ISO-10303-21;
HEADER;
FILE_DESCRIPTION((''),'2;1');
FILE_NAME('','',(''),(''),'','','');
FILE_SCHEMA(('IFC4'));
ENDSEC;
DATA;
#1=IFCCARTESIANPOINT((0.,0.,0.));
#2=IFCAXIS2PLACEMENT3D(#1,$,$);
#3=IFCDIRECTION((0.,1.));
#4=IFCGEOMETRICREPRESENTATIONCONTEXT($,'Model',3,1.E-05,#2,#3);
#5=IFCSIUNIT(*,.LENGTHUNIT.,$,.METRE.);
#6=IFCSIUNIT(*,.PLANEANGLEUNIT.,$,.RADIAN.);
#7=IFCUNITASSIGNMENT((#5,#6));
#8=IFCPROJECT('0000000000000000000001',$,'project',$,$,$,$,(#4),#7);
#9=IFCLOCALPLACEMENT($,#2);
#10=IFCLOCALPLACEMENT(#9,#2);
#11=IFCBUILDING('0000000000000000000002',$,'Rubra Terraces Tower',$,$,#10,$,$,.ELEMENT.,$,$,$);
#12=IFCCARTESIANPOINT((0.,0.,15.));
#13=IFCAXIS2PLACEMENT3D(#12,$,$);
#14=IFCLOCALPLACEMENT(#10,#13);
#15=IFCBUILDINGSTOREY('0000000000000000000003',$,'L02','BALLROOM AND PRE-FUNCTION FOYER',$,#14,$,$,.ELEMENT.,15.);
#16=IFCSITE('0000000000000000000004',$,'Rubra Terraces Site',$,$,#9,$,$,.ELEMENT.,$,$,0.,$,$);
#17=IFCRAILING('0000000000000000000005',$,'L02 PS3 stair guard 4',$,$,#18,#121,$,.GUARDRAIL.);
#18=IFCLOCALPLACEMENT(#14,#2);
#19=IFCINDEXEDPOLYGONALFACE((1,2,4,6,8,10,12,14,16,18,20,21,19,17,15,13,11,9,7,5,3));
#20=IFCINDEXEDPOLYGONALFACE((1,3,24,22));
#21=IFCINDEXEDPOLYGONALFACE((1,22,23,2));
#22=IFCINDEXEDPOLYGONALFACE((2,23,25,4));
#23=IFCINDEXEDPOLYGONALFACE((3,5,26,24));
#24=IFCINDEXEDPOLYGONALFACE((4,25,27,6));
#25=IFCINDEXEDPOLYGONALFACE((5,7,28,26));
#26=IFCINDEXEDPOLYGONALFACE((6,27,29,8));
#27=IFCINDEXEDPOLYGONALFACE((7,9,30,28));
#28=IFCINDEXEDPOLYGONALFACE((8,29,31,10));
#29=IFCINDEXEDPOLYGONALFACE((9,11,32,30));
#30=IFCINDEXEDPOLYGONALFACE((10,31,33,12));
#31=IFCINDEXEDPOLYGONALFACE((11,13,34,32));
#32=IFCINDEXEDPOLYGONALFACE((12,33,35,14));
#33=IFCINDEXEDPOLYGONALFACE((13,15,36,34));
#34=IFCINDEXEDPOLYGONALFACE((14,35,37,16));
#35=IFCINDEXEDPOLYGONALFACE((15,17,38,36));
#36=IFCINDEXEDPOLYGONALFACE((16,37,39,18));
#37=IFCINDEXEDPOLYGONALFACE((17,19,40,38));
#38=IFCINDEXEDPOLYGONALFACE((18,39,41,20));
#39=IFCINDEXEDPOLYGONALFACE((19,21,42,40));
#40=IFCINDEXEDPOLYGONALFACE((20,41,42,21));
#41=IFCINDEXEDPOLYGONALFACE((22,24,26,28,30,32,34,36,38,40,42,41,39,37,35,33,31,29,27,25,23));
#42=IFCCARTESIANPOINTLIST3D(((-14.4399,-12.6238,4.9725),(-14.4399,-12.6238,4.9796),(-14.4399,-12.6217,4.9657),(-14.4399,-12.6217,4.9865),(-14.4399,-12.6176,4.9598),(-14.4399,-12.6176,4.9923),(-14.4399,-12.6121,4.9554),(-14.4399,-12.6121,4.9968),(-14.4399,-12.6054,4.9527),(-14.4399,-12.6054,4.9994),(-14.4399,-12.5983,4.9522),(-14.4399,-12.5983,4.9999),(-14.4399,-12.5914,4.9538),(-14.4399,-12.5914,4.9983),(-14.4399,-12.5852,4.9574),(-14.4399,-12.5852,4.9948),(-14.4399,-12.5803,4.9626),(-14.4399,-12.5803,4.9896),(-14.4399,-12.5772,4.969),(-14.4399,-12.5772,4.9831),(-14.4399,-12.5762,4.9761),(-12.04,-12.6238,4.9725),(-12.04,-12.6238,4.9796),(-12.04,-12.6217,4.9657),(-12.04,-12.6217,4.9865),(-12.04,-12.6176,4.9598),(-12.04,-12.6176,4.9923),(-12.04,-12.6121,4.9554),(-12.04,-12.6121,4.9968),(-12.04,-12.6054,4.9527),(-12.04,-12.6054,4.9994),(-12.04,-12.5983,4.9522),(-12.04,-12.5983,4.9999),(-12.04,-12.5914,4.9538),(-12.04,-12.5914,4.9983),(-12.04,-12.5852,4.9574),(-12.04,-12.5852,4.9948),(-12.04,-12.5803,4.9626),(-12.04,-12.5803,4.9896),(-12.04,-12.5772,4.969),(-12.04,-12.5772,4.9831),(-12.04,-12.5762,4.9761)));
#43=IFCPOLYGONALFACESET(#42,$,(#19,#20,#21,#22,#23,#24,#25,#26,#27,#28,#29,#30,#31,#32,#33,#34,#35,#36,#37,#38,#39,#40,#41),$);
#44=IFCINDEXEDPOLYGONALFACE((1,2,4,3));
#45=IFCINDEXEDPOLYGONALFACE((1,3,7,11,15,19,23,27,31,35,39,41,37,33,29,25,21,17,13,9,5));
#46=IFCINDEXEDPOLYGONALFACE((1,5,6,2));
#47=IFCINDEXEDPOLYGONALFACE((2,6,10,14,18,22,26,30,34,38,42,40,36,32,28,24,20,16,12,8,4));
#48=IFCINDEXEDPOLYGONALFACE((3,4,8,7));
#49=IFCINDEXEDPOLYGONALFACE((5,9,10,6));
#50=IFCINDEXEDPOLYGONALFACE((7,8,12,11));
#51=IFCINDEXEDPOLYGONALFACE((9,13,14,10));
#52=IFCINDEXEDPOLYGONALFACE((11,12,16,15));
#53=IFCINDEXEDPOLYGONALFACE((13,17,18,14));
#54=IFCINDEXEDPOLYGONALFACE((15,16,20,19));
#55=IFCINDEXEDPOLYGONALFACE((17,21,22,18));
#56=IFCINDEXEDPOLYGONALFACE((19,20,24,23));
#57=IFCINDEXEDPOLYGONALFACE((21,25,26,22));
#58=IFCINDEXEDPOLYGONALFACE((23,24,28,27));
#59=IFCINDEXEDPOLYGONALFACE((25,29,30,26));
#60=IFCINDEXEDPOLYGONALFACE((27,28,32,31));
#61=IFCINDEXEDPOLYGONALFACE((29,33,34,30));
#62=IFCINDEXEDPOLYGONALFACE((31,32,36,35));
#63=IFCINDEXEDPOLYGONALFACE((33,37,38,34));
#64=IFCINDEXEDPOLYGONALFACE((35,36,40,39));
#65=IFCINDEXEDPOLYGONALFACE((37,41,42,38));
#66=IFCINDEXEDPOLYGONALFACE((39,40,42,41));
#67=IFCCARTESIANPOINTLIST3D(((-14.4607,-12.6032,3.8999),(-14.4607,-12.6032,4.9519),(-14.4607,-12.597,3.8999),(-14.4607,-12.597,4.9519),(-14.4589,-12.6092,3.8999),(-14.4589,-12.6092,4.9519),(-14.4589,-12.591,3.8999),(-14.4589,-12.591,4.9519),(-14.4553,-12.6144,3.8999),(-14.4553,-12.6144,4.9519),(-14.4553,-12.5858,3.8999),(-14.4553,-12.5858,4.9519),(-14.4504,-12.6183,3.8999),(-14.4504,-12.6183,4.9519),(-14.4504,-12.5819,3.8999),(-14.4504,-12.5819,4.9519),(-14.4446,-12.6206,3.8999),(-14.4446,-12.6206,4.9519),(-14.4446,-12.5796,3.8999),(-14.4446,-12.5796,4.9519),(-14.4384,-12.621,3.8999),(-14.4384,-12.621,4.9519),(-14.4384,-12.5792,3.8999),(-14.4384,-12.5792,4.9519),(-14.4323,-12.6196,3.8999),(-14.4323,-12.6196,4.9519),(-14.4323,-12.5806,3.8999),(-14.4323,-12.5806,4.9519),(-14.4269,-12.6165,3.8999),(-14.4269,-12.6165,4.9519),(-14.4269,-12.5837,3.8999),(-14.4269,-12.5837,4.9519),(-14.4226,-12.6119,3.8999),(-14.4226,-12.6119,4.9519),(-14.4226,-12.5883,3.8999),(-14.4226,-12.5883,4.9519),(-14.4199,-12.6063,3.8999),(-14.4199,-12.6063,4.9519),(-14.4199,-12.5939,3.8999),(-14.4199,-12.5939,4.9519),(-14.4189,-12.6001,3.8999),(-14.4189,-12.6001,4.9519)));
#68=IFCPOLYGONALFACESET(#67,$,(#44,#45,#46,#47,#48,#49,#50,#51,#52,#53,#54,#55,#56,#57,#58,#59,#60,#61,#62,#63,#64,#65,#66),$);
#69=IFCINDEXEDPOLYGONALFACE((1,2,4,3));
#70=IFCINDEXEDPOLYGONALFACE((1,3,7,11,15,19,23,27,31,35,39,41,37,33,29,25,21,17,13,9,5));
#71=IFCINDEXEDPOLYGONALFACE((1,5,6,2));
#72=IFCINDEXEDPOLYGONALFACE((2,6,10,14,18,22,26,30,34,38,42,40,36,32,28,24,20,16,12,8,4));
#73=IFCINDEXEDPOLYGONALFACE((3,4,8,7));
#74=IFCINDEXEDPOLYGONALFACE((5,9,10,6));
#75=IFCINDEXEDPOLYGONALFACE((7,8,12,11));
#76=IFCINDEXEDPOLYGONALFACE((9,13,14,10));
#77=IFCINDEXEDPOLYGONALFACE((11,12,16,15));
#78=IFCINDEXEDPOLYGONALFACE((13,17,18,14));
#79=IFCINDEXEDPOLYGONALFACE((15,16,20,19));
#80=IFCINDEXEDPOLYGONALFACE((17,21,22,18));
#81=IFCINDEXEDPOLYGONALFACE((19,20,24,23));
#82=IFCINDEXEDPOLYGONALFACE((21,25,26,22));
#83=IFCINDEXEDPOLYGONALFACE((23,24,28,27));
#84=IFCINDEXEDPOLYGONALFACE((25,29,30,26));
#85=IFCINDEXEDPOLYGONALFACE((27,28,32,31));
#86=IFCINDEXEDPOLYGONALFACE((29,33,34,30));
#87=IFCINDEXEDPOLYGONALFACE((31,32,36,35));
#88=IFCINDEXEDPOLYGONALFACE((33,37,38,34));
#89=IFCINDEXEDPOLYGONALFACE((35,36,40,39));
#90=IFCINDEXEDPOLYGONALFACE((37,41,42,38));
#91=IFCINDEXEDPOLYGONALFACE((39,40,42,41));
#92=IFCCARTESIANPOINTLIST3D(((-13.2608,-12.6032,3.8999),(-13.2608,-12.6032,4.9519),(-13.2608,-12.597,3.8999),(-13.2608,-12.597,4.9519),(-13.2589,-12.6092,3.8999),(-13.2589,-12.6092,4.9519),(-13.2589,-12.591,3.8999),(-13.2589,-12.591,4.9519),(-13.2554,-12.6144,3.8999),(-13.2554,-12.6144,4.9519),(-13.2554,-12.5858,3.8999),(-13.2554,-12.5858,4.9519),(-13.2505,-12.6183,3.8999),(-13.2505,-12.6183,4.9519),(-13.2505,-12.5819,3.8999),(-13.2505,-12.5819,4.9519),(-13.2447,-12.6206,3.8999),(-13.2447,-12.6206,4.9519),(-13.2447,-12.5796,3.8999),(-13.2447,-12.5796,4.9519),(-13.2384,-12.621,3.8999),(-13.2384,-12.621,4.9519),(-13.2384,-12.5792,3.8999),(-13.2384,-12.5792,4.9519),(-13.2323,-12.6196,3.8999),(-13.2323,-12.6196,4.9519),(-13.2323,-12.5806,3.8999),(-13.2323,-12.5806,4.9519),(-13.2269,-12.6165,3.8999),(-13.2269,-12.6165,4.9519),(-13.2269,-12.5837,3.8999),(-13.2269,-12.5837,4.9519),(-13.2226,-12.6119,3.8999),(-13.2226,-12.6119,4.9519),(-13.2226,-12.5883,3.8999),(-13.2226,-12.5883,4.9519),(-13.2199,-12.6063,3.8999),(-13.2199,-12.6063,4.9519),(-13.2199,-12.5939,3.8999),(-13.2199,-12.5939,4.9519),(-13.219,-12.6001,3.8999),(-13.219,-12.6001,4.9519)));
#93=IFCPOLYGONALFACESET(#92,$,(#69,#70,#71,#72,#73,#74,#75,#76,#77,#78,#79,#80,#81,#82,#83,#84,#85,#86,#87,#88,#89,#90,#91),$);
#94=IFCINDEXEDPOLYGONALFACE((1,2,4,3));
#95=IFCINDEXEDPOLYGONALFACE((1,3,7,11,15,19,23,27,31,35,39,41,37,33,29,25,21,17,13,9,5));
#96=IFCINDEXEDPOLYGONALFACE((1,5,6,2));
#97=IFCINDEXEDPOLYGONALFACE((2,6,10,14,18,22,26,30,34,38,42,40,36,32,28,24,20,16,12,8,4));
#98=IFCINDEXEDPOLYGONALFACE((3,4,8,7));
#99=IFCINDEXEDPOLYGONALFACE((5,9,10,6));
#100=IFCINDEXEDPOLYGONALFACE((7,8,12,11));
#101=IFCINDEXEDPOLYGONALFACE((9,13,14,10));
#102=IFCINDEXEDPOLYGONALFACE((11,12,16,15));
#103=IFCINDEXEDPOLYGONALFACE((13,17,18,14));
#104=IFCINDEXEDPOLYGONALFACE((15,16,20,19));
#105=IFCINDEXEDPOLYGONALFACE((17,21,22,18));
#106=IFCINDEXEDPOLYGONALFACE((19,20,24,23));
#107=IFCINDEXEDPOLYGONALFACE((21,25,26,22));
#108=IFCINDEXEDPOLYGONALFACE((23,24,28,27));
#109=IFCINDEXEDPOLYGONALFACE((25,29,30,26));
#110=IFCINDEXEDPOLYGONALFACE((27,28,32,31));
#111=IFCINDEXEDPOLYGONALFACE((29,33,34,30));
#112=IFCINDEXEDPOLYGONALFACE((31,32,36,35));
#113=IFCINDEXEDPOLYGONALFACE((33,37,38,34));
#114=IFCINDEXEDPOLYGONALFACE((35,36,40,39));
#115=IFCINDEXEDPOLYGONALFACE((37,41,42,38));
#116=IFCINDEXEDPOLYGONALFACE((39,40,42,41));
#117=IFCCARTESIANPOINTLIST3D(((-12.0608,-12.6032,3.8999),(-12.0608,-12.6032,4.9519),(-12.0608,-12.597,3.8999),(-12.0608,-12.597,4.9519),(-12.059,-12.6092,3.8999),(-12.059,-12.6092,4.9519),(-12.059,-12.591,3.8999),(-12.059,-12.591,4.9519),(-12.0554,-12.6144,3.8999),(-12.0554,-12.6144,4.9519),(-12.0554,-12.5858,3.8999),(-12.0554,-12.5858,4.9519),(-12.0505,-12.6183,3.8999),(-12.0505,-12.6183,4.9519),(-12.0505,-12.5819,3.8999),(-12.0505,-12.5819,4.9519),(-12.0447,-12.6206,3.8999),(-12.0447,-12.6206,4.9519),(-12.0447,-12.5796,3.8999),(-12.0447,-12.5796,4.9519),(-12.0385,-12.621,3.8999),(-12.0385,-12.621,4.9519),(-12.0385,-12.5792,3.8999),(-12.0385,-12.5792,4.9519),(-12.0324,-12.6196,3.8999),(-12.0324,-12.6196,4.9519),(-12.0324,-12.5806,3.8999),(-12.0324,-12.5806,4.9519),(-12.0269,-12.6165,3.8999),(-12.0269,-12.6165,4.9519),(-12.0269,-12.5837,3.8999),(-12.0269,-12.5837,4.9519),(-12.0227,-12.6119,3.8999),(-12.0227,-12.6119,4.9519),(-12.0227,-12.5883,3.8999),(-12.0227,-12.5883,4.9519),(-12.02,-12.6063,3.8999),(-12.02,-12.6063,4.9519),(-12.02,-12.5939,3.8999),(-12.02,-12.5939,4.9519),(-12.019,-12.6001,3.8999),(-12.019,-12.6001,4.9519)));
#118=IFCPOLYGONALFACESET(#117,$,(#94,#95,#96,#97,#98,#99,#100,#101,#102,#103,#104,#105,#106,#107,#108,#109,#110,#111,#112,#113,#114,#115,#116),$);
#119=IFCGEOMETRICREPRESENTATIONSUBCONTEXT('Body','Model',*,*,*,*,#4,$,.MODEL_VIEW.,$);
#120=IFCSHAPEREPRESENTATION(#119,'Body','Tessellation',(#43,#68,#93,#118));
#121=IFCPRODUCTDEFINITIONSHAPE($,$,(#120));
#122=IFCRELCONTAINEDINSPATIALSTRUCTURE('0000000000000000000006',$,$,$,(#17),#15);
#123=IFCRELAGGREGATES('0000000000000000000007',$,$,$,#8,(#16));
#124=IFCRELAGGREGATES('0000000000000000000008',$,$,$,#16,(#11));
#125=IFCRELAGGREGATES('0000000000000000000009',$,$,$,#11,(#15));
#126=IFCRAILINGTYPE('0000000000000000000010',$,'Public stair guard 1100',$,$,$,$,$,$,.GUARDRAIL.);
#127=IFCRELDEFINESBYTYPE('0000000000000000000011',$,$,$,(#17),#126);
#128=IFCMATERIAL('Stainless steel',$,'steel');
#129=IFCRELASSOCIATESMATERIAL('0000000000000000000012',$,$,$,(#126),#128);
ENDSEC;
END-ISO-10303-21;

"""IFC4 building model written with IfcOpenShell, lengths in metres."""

from ifc_helpers import new_model, si_unit, direction, frame, origin, origin_2d, place, context, subcontext, project, spatial, circle, extrude, material, type_object, element, save


model = new_model("IFC4")

# Units and contexts
model_context = context("Model", 3, precision=1e-05, world=origin(), true_north=direction((0.0, 1.0)))
body_context = subcontext(model_context, "Body", "Model", "MODEL_VIEW")
ifc_project = project(units=[si_unit("LENGTHUNIT", "METRE"), si_unit("PLANEANGLEUNIT", "RADIAN")], contexts=[model_context])

# Site, building, storey
site_placement = place(None, origin())
site = spatial("IfcSite", under=ifc_project, at=site_placement, Name="Rubra Terraces Site", CompositionType="ELEMENT", RefElevation=0.0)
building_placement = place(site_placement, origin())
building = spatial("IfcBuilding", under=site, at=building_placement, Name="Rubra Terraces Tower", CompositionType="ELEMENT")
storey_placement = place(building_placement, frame((0.0, 0.0, 15.0)))
storey = spatial("IfcBuildingStorey", under=building, at=storey_placement, Name="L02", Description="BALLROOM AND PRE-FUNCTION FOYER", CompositionType="ELEMENT", Elevation=15.0)

# Railing
ifc_material_1 = material(Name="Stainless steel", Category="steel")
railing_type_1 = type_object("IfcRailingType", Name="Public stair guard 1100", PredefinedType="GUARDRAIL", material=ifc_material_1)
for number, where, name in (
    (1, (-14.4399, -12.6001, 3.8999), "L02 PS3 stair guard 4"),
):
    element("IfcRailing", number, at=place(storey_placement, frame(where)), inside=storey, type_object=railing_type_1, Name=name, PredefinedType="GUARDRAIL", context=body_context, shape_type="SweptSolid", body=[
        extrude(circle(Radius=0.0239, at=origin_2d()), frame((0.0, 0.0, 1.0762), z_axis=(1.0, 0.0, 0.0), x_axis=(0.0, 1.0, 0.0)), (0.0, 0.0, 1.0), 2.3999),
        extrude(circle(Radius=0.021, at=origin_2d()), origin(), (0.0, 0.0, 1.0), 1.052),
        extrude(circle(Radius=0.021, at=origin_2d()), frame((1.2, 0.0, 0.0)), (0.0, 0.0, 1.0), 1.052),
        extrude(circle(Radius=0.021, at=origin_2d()), frame((2.3999, 0.0, 0.0)), (0.0, 0.0, 1.0), 1.052),
    ])

save(model, "model.ifc")
